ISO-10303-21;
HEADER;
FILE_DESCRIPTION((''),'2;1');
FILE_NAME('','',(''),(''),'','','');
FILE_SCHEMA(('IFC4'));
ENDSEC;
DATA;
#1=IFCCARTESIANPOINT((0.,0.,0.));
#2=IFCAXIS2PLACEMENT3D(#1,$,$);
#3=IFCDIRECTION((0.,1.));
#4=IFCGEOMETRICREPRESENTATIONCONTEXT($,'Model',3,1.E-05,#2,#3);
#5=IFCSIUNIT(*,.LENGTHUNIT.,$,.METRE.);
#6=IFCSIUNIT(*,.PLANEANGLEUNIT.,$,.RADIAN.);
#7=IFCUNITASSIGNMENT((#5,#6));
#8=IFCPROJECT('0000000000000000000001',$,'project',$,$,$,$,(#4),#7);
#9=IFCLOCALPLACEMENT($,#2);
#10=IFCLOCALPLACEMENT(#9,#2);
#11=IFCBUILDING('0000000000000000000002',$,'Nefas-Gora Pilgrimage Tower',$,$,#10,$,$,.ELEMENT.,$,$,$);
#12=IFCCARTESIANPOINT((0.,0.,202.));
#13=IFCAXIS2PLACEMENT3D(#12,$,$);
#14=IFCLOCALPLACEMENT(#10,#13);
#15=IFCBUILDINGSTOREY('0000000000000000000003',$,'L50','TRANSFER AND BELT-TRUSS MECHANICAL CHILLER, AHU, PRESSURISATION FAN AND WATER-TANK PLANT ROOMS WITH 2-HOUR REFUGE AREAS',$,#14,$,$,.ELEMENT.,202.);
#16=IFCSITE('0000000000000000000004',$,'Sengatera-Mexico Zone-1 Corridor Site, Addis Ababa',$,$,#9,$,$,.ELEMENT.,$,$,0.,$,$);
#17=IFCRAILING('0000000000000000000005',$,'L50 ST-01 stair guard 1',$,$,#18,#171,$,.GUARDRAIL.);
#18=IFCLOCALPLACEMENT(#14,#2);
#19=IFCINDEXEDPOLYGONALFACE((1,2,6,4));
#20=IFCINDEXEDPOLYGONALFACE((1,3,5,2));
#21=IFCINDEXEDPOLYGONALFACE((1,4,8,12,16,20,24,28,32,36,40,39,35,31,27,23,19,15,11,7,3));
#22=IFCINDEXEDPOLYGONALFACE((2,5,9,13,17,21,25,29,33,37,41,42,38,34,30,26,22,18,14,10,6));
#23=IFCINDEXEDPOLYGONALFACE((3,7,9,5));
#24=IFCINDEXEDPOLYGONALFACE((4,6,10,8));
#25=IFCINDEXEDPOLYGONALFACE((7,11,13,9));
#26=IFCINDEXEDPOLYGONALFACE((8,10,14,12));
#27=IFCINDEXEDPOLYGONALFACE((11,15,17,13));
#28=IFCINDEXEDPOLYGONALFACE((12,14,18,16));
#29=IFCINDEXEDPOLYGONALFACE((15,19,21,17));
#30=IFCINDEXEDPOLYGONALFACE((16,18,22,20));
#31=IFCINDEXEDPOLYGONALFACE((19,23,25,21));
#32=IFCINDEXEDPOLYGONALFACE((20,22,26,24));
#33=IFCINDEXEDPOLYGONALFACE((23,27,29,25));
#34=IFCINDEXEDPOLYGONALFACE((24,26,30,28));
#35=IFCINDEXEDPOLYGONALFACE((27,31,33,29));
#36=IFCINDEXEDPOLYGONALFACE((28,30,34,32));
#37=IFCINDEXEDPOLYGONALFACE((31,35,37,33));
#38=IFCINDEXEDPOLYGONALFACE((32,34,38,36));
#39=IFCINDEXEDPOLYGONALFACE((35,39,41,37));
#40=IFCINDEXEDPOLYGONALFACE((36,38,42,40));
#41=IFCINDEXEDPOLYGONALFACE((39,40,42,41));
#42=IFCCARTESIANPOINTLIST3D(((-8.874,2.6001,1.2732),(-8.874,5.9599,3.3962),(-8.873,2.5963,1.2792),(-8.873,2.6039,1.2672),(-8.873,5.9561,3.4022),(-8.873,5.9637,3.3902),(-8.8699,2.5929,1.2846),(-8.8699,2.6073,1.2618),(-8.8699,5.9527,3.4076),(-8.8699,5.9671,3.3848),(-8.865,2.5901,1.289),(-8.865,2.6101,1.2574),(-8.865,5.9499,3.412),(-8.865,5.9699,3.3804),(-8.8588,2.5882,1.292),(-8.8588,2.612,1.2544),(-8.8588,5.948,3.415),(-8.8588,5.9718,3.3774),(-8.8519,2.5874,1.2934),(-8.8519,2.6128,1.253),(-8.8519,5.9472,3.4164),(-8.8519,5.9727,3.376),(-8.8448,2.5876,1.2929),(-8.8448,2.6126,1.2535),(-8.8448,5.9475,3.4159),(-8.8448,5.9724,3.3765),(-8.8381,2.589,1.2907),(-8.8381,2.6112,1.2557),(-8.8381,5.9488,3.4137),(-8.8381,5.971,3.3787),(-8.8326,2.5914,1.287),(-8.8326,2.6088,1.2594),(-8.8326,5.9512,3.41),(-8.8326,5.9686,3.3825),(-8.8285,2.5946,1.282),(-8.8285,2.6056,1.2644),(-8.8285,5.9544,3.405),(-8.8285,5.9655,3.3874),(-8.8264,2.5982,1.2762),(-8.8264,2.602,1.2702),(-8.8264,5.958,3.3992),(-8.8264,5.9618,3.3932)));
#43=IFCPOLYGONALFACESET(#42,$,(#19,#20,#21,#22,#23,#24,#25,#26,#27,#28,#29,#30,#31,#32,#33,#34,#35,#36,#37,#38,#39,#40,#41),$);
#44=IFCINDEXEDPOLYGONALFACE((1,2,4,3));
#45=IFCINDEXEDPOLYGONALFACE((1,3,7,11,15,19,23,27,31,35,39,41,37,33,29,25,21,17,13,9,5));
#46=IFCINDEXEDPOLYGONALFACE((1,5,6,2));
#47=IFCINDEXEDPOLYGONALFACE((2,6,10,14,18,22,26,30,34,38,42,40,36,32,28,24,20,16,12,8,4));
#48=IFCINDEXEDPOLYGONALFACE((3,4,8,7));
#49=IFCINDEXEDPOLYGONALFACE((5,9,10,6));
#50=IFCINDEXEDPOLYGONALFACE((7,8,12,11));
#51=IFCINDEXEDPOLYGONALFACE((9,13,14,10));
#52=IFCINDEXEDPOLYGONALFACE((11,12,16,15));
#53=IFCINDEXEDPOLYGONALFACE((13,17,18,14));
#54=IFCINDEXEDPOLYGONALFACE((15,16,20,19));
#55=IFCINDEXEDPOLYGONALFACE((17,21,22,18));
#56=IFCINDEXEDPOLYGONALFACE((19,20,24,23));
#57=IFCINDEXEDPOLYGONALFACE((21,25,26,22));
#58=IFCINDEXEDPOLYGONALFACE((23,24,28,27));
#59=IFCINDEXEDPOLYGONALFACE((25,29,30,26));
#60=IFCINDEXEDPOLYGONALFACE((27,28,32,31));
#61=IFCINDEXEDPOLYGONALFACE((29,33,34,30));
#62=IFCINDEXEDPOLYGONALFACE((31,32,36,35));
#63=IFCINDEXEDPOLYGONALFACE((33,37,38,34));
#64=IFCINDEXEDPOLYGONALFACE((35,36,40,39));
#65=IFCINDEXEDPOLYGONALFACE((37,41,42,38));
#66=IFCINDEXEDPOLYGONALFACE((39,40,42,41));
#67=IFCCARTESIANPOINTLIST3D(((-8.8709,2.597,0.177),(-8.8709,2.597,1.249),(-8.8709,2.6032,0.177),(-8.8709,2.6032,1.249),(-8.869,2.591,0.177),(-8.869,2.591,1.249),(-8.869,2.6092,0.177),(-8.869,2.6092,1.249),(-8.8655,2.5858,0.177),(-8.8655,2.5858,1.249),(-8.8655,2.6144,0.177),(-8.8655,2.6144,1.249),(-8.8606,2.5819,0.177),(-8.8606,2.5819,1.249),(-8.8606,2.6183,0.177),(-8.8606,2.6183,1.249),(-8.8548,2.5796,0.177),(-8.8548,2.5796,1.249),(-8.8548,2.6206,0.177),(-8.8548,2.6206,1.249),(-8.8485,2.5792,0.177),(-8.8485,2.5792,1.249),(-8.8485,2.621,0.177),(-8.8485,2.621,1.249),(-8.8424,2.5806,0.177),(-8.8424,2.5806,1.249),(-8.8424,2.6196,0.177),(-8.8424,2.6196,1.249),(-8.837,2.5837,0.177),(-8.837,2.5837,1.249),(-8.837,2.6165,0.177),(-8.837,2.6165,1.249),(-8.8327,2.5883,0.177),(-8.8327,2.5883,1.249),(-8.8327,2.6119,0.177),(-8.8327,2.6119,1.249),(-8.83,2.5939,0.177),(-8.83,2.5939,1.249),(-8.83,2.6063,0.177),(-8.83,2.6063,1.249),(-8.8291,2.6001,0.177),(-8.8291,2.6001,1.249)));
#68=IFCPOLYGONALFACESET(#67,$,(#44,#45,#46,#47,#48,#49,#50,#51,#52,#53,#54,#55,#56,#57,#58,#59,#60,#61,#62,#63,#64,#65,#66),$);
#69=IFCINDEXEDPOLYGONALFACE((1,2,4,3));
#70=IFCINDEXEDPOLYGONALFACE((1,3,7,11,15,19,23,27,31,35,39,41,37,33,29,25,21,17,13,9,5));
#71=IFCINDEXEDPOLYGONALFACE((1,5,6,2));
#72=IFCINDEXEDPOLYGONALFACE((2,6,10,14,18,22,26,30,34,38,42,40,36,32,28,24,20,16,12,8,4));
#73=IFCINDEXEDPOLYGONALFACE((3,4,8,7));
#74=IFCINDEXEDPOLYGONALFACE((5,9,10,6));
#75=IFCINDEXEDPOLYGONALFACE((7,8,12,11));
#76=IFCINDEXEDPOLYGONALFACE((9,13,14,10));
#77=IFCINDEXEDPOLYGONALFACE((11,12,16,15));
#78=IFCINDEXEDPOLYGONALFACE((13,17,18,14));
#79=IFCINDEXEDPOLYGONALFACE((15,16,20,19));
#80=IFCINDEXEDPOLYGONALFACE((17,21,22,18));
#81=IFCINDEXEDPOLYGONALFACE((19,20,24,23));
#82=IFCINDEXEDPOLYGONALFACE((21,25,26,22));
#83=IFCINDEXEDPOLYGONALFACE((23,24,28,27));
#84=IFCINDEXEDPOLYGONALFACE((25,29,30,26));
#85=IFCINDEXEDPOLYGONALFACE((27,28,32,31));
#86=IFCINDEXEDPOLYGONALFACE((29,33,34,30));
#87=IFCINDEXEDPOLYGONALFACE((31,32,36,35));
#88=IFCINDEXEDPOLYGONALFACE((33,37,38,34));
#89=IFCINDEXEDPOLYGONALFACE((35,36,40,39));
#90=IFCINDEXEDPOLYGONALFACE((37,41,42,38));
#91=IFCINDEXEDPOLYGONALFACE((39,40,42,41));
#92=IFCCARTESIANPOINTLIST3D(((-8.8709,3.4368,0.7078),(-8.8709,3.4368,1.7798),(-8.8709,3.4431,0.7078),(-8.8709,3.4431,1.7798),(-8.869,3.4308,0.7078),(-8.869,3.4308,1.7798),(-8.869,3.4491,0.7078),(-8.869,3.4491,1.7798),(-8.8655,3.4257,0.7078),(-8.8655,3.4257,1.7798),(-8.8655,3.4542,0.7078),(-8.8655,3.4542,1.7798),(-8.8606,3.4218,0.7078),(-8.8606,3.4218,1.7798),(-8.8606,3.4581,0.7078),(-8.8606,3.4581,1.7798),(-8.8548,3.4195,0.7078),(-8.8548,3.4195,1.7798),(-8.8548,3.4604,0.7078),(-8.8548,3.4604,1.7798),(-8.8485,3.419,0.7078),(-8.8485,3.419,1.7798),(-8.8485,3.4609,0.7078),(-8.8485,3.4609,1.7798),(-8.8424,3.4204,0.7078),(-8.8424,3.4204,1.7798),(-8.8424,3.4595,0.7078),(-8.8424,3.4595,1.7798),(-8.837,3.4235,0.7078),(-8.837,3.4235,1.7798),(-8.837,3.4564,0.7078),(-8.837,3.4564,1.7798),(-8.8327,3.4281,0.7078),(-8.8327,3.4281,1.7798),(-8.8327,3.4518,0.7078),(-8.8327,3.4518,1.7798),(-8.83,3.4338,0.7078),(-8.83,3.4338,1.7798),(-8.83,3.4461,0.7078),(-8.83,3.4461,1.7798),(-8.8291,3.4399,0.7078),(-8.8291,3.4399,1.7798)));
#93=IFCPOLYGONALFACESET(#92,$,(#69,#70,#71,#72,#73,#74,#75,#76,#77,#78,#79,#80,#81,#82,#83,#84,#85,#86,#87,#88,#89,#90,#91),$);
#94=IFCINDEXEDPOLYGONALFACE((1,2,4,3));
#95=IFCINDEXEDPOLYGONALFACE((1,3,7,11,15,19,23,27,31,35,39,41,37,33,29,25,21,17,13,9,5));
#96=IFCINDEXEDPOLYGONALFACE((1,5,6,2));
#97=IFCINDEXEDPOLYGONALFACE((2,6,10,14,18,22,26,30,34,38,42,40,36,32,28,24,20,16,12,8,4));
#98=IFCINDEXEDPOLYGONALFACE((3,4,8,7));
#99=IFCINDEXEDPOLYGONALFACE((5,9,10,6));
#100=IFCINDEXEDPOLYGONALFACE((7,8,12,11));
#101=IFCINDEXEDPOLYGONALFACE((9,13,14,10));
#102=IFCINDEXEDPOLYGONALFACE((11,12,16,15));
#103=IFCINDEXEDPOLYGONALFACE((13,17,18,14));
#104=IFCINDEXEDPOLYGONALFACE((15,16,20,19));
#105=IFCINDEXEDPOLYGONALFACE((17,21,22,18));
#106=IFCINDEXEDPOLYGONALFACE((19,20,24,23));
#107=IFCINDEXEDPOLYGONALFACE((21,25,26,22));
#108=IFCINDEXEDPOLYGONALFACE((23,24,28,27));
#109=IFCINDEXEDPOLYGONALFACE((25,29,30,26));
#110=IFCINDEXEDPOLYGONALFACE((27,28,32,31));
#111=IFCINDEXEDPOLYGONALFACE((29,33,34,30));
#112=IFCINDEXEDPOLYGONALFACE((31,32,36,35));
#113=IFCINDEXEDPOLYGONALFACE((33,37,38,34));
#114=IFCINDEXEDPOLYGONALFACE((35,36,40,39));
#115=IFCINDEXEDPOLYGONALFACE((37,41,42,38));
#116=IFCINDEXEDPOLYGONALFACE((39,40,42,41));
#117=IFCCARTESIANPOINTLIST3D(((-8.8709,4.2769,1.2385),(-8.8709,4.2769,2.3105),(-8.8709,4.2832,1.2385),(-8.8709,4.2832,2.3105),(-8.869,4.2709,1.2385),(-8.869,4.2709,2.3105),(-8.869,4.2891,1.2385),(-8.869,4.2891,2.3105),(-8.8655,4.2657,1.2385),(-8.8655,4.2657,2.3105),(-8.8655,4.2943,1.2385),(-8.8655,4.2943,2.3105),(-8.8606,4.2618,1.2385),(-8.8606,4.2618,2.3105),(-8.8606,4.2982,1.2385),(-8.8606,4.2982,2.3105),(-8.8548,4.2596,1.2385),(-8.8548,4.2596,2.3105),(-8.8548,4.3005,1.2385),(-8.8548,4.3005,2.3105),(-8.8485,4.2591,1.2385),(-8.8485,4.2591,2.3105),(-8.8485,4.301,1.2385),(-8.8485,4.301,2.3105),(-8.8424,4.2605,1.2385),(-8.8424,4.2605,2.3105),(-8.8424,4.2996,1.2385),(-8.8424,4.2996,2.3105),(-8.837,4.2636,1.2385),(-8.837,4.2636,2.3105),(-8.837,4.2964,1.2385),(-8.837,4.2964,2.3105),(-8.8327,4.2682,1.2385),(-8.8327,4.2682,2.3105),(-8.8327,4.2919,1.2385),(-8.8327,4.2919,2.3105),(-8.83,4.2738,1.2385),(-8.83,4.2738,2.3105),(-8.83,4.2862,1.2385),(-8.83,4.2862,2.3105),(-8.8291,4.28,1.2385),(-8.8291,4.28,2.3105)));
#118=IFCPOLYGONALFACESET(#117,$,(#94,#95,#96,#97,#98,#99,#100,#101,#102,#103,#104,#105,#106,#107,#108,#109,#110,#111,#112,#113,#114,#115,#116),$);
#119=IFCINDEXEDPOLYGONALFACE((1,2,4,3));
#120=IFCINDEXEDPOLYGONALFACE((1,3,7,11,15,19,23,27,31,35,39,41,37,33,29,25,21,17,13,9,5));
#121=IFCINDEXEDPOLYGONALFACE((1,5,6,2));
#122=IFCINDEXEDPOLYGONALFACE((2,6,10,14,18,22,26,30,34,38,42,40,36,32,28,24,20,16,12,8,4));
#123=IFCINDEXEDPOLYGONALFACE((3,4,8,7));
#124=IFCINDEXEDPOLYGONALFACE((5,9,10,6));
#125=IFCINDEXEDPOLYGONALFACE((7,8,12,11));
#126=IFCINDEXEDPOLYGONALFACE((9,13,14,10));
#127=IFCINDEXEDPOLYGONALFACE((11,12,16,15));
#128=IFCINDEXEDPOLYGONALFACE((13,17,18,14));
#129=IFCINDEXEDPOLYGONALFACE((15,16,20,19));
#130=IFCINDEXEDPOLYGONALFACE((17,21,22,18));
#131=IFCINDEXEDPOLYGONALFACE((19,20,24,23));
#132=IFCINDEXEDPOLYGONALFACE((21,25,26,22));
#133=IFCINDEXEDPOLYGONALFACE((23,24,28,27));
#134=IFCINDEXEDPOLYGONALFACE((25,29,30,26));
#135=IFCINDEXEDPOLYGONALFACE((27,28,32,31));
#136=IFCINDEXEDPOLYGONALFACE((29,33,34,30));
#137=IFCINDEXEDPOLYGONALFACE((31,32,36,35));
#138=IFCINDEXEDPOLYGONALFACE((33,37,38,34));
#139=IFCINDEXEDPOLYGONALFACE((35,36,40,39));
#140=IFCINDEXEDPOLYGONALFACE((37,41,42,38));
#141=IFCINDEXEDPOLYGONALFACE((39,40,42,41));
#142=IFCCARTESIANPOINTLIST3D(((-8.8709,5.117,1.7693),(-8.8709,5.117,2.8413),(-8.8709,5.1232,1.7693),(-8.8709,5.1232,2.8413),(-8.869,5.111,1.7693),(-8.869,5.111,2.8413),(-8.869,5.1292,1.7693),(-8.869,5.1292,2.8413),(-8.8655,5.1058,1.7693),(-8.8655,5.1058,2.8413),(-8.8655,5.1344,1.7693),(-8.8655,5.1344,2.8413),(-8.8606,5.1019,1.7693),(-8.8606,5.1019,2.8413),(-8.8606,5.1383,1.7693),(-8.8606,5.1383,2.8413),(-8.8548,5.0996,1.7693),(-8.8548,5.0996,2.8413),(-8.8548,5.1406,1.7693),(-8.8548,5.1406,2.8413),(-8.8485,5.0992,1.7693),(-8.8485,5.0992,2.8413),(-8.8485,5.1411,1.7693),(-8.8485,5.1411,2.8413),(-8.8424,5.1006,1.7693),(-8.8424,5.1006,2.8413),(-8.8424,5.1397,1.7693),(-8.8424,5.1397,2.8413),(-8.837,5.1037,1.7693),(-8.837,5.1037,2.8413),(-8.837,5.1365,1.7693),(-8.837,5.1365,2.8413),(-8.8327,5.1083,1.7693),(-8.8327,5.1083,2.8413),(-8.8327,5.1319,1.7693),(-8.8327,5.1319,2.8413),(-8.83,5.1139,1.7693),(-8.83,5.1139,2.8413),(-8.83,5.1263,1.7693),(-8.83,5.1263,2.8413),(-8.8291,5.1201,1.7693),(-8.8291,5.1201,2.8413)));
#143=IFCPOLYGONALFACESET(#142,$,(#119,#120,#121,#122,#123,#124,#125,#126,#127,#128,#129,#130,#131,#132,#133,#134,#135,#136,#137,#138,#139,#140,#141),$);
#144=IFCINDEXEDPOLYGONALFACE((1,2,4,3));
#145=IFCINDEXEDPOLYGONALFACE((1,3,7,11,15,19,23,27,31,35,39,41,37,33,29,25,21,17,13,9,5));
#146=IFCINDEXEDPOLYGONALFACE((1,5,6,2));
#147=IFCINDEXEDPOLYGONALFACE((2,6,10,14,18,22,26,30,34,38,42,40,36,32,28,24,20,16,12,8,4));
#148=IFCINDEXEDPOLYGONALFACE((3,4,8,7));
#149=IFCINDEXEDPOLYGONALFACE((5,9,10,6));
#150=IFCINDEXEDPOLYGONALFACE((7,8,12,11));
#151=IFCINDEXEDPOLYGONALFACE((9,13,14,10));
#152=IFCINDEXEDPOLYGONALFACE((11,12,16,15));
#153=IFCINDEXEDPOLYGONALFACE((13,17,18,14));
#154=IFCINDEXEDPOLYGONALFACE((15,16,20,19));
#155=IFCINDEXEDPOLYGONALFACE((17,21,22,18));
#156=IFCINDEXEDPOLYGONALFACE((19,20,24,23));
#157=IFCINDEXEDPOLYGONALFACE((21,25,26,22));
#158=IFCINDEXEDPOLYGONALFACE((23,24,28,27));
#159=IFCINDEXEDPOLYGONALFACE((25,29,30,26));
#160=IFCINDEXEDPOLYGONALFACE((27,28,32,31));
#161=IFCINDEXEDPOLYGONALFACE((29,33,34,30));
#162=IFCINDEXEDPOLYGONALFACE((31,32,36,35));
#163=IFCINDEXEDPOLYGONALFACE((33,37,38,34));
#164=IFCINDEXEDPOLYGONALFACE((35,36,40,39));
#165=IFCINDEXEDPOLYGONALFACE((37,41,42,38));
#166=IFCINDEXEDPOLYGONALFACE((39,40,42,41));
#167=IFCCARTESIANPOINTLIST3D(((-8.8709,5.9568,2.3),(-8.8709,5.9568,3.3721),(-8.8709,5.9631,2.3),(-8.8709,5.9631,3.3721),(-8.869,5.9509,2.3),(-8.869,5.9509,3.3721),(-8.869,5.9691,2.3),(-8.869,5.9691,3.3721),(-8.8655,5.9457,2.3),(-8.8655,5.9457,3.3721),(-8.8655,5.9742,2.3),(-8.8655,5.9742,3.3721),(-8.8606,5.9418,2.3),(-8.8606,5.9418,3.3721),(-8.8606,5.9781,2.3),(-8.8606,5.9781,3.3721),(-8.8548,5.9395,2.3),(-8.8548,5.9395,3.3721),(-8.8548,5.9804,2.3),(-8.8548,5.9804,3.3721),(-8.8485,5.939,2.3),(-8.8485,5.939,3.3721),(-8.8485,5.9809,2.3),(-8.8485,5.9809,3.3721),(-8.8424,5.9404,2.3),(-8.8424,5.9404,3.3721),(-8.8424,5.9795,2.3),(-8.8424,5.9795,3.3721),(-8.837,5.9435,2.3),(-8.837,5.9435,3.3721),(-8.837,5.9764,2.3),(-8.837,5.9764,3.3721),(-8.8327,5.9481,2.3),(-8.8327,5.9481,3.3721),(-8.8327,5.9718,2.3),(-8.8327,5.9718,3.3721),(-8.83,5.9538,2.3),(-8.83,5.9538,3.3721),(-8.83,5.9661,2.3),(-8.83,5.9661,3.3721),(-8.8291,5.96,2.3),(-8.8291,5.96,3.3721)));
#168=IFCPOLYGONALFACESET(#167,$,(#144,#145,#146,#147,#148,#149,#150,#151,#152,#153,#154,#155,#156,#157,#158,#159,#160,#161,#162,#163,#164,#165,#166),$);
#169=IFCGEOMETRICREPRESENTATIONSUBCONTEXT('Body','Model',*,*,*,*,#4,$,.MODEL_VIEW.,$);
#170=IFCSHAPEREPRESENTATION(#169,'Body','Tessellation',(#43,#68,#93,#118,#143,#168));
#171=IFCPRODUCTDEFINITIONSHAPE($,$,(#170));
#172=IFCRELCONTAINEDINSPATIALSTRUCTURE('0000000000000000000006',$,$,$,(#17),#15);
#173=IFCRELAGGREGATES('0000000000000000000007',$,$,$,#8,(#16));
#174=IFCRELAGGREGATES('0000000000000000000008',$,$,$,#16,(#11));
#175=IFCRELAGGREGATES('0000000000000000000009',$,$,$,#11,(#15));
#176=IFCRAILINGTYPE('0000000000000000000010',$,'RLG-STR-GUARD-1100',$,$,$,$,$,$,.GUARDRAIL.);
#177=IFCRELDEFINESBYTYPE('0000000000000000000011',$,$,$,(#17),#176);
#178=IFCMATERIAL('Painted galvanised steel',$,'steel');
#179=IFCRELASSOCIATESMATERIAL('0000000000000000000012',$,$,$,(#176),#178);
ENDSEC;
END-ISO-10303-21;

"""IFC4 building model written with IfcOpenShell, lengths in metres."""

from ifc_helpers import new_model, si_unit, direction, frame, origin, origin_2d, place, context, subcontext, project, spatial, circle, extrude, material, type_object, element, save


model = new_model("IFC4")

# Units and contexts
model_context = context("Model", 3, precision=1e-05, world=origin(), true_north=direction((0.0, 1.0)))
body_context = subcontext(model_context, "Body", "Model", "MODEL_VIEW")
ifc_project = project(units=[si_unit("LENGTHUNIT", "METRE"), si_unit("PLANEANGLEUNIT", "RADIAN")], contexts=[model_context])

# Site, building, storey
site_placement = place(None, origin())
site = spatial("IfcSite", under=ifc_project, at=site_placement, Name="Sengatera-Mexico Zone-1 Corridor Site, Addis Ababa", CompositionType="ELEMENT", RefElevation=0.0)
building_placement = place(site_placement, origin())
building = spatial("IfcBuilding", under=site, at=building_placement, Name="Nefas-Gora Pilgrimage Tower", CompositionType="ELEMENT")
storey_placement = place(building_placement, frame((0.0, 0.0, 202.0)))
storey = spatial("IfcBuildingStorey", under=building, at=storey_placement, Name="L50", Description="TRANSFER AND BELT-TRUSS MECHANICAL CHILLER, AHU, PRESSURISATION FAN AND WATER-TANK PLANT ROOMS WITH 2-HOUR REFUGE AREAS", CompositionType="ELEMENT", Elevation=202.0)

# Railing
ifc_material_1 = material(Name="Painted galvanised steel", Category="steel")
railing_type_1 = type_object("IfcRailingType", Name="RLG-STR-GUARD-1100", PredefinedType="GUARDRAIL", material=ifc_material_1)
railing_1_placement = place(storey_placement, frame((-8.8501, 2.6001, 0.177)))
element("IfcRailing", 1, at=railing_1_placement, inside=storey, type_object=railing_type_1, Name="L50 ST-01 stair guard 1", PredefinedType="GUARDRAIL", context=body_context, shape_type="SweptSolid", body=[
    extrude(circle(Radius=0.0239, at=origin_2d()), frame((0.0, 0.0, 1.0962), z_axis=(0.0, 0.845372, 0.534178), x_axis=(-1.0, 0.0, 0.0)), (0.0, 0.0, 1.0), 3.9744),
    extrude(circle(Radius=0.021, at=origin_2d()), origin(), (0.0, 0.0, 1.0), 1.072),
    extrude(circle(Radius=0.021, at=origin_2d()), frame((0.0, 0.8398, 0.5308)), (0.0, 0.0, 1.0), 1.072),
    extrude(circle(Radius=0.021, at=origin_2d()), frame((0.0, 1.6799, 1.0615)), (0.0, 0.0, 1.0), 1.072),
    extrude(circle(Radius=0.021, at=origin_2d()), frame((0.0, 2.52, 1.5923)), (0.0, 0.0, 1.0), 1.072),
    extrude(circle(Radius=0.021, at=origin_2d()), frame((0.0, 3.3599, 2.123)), (0.0, 0.0, 1.0), 1.072),
])

save(model, "model.ifc")
